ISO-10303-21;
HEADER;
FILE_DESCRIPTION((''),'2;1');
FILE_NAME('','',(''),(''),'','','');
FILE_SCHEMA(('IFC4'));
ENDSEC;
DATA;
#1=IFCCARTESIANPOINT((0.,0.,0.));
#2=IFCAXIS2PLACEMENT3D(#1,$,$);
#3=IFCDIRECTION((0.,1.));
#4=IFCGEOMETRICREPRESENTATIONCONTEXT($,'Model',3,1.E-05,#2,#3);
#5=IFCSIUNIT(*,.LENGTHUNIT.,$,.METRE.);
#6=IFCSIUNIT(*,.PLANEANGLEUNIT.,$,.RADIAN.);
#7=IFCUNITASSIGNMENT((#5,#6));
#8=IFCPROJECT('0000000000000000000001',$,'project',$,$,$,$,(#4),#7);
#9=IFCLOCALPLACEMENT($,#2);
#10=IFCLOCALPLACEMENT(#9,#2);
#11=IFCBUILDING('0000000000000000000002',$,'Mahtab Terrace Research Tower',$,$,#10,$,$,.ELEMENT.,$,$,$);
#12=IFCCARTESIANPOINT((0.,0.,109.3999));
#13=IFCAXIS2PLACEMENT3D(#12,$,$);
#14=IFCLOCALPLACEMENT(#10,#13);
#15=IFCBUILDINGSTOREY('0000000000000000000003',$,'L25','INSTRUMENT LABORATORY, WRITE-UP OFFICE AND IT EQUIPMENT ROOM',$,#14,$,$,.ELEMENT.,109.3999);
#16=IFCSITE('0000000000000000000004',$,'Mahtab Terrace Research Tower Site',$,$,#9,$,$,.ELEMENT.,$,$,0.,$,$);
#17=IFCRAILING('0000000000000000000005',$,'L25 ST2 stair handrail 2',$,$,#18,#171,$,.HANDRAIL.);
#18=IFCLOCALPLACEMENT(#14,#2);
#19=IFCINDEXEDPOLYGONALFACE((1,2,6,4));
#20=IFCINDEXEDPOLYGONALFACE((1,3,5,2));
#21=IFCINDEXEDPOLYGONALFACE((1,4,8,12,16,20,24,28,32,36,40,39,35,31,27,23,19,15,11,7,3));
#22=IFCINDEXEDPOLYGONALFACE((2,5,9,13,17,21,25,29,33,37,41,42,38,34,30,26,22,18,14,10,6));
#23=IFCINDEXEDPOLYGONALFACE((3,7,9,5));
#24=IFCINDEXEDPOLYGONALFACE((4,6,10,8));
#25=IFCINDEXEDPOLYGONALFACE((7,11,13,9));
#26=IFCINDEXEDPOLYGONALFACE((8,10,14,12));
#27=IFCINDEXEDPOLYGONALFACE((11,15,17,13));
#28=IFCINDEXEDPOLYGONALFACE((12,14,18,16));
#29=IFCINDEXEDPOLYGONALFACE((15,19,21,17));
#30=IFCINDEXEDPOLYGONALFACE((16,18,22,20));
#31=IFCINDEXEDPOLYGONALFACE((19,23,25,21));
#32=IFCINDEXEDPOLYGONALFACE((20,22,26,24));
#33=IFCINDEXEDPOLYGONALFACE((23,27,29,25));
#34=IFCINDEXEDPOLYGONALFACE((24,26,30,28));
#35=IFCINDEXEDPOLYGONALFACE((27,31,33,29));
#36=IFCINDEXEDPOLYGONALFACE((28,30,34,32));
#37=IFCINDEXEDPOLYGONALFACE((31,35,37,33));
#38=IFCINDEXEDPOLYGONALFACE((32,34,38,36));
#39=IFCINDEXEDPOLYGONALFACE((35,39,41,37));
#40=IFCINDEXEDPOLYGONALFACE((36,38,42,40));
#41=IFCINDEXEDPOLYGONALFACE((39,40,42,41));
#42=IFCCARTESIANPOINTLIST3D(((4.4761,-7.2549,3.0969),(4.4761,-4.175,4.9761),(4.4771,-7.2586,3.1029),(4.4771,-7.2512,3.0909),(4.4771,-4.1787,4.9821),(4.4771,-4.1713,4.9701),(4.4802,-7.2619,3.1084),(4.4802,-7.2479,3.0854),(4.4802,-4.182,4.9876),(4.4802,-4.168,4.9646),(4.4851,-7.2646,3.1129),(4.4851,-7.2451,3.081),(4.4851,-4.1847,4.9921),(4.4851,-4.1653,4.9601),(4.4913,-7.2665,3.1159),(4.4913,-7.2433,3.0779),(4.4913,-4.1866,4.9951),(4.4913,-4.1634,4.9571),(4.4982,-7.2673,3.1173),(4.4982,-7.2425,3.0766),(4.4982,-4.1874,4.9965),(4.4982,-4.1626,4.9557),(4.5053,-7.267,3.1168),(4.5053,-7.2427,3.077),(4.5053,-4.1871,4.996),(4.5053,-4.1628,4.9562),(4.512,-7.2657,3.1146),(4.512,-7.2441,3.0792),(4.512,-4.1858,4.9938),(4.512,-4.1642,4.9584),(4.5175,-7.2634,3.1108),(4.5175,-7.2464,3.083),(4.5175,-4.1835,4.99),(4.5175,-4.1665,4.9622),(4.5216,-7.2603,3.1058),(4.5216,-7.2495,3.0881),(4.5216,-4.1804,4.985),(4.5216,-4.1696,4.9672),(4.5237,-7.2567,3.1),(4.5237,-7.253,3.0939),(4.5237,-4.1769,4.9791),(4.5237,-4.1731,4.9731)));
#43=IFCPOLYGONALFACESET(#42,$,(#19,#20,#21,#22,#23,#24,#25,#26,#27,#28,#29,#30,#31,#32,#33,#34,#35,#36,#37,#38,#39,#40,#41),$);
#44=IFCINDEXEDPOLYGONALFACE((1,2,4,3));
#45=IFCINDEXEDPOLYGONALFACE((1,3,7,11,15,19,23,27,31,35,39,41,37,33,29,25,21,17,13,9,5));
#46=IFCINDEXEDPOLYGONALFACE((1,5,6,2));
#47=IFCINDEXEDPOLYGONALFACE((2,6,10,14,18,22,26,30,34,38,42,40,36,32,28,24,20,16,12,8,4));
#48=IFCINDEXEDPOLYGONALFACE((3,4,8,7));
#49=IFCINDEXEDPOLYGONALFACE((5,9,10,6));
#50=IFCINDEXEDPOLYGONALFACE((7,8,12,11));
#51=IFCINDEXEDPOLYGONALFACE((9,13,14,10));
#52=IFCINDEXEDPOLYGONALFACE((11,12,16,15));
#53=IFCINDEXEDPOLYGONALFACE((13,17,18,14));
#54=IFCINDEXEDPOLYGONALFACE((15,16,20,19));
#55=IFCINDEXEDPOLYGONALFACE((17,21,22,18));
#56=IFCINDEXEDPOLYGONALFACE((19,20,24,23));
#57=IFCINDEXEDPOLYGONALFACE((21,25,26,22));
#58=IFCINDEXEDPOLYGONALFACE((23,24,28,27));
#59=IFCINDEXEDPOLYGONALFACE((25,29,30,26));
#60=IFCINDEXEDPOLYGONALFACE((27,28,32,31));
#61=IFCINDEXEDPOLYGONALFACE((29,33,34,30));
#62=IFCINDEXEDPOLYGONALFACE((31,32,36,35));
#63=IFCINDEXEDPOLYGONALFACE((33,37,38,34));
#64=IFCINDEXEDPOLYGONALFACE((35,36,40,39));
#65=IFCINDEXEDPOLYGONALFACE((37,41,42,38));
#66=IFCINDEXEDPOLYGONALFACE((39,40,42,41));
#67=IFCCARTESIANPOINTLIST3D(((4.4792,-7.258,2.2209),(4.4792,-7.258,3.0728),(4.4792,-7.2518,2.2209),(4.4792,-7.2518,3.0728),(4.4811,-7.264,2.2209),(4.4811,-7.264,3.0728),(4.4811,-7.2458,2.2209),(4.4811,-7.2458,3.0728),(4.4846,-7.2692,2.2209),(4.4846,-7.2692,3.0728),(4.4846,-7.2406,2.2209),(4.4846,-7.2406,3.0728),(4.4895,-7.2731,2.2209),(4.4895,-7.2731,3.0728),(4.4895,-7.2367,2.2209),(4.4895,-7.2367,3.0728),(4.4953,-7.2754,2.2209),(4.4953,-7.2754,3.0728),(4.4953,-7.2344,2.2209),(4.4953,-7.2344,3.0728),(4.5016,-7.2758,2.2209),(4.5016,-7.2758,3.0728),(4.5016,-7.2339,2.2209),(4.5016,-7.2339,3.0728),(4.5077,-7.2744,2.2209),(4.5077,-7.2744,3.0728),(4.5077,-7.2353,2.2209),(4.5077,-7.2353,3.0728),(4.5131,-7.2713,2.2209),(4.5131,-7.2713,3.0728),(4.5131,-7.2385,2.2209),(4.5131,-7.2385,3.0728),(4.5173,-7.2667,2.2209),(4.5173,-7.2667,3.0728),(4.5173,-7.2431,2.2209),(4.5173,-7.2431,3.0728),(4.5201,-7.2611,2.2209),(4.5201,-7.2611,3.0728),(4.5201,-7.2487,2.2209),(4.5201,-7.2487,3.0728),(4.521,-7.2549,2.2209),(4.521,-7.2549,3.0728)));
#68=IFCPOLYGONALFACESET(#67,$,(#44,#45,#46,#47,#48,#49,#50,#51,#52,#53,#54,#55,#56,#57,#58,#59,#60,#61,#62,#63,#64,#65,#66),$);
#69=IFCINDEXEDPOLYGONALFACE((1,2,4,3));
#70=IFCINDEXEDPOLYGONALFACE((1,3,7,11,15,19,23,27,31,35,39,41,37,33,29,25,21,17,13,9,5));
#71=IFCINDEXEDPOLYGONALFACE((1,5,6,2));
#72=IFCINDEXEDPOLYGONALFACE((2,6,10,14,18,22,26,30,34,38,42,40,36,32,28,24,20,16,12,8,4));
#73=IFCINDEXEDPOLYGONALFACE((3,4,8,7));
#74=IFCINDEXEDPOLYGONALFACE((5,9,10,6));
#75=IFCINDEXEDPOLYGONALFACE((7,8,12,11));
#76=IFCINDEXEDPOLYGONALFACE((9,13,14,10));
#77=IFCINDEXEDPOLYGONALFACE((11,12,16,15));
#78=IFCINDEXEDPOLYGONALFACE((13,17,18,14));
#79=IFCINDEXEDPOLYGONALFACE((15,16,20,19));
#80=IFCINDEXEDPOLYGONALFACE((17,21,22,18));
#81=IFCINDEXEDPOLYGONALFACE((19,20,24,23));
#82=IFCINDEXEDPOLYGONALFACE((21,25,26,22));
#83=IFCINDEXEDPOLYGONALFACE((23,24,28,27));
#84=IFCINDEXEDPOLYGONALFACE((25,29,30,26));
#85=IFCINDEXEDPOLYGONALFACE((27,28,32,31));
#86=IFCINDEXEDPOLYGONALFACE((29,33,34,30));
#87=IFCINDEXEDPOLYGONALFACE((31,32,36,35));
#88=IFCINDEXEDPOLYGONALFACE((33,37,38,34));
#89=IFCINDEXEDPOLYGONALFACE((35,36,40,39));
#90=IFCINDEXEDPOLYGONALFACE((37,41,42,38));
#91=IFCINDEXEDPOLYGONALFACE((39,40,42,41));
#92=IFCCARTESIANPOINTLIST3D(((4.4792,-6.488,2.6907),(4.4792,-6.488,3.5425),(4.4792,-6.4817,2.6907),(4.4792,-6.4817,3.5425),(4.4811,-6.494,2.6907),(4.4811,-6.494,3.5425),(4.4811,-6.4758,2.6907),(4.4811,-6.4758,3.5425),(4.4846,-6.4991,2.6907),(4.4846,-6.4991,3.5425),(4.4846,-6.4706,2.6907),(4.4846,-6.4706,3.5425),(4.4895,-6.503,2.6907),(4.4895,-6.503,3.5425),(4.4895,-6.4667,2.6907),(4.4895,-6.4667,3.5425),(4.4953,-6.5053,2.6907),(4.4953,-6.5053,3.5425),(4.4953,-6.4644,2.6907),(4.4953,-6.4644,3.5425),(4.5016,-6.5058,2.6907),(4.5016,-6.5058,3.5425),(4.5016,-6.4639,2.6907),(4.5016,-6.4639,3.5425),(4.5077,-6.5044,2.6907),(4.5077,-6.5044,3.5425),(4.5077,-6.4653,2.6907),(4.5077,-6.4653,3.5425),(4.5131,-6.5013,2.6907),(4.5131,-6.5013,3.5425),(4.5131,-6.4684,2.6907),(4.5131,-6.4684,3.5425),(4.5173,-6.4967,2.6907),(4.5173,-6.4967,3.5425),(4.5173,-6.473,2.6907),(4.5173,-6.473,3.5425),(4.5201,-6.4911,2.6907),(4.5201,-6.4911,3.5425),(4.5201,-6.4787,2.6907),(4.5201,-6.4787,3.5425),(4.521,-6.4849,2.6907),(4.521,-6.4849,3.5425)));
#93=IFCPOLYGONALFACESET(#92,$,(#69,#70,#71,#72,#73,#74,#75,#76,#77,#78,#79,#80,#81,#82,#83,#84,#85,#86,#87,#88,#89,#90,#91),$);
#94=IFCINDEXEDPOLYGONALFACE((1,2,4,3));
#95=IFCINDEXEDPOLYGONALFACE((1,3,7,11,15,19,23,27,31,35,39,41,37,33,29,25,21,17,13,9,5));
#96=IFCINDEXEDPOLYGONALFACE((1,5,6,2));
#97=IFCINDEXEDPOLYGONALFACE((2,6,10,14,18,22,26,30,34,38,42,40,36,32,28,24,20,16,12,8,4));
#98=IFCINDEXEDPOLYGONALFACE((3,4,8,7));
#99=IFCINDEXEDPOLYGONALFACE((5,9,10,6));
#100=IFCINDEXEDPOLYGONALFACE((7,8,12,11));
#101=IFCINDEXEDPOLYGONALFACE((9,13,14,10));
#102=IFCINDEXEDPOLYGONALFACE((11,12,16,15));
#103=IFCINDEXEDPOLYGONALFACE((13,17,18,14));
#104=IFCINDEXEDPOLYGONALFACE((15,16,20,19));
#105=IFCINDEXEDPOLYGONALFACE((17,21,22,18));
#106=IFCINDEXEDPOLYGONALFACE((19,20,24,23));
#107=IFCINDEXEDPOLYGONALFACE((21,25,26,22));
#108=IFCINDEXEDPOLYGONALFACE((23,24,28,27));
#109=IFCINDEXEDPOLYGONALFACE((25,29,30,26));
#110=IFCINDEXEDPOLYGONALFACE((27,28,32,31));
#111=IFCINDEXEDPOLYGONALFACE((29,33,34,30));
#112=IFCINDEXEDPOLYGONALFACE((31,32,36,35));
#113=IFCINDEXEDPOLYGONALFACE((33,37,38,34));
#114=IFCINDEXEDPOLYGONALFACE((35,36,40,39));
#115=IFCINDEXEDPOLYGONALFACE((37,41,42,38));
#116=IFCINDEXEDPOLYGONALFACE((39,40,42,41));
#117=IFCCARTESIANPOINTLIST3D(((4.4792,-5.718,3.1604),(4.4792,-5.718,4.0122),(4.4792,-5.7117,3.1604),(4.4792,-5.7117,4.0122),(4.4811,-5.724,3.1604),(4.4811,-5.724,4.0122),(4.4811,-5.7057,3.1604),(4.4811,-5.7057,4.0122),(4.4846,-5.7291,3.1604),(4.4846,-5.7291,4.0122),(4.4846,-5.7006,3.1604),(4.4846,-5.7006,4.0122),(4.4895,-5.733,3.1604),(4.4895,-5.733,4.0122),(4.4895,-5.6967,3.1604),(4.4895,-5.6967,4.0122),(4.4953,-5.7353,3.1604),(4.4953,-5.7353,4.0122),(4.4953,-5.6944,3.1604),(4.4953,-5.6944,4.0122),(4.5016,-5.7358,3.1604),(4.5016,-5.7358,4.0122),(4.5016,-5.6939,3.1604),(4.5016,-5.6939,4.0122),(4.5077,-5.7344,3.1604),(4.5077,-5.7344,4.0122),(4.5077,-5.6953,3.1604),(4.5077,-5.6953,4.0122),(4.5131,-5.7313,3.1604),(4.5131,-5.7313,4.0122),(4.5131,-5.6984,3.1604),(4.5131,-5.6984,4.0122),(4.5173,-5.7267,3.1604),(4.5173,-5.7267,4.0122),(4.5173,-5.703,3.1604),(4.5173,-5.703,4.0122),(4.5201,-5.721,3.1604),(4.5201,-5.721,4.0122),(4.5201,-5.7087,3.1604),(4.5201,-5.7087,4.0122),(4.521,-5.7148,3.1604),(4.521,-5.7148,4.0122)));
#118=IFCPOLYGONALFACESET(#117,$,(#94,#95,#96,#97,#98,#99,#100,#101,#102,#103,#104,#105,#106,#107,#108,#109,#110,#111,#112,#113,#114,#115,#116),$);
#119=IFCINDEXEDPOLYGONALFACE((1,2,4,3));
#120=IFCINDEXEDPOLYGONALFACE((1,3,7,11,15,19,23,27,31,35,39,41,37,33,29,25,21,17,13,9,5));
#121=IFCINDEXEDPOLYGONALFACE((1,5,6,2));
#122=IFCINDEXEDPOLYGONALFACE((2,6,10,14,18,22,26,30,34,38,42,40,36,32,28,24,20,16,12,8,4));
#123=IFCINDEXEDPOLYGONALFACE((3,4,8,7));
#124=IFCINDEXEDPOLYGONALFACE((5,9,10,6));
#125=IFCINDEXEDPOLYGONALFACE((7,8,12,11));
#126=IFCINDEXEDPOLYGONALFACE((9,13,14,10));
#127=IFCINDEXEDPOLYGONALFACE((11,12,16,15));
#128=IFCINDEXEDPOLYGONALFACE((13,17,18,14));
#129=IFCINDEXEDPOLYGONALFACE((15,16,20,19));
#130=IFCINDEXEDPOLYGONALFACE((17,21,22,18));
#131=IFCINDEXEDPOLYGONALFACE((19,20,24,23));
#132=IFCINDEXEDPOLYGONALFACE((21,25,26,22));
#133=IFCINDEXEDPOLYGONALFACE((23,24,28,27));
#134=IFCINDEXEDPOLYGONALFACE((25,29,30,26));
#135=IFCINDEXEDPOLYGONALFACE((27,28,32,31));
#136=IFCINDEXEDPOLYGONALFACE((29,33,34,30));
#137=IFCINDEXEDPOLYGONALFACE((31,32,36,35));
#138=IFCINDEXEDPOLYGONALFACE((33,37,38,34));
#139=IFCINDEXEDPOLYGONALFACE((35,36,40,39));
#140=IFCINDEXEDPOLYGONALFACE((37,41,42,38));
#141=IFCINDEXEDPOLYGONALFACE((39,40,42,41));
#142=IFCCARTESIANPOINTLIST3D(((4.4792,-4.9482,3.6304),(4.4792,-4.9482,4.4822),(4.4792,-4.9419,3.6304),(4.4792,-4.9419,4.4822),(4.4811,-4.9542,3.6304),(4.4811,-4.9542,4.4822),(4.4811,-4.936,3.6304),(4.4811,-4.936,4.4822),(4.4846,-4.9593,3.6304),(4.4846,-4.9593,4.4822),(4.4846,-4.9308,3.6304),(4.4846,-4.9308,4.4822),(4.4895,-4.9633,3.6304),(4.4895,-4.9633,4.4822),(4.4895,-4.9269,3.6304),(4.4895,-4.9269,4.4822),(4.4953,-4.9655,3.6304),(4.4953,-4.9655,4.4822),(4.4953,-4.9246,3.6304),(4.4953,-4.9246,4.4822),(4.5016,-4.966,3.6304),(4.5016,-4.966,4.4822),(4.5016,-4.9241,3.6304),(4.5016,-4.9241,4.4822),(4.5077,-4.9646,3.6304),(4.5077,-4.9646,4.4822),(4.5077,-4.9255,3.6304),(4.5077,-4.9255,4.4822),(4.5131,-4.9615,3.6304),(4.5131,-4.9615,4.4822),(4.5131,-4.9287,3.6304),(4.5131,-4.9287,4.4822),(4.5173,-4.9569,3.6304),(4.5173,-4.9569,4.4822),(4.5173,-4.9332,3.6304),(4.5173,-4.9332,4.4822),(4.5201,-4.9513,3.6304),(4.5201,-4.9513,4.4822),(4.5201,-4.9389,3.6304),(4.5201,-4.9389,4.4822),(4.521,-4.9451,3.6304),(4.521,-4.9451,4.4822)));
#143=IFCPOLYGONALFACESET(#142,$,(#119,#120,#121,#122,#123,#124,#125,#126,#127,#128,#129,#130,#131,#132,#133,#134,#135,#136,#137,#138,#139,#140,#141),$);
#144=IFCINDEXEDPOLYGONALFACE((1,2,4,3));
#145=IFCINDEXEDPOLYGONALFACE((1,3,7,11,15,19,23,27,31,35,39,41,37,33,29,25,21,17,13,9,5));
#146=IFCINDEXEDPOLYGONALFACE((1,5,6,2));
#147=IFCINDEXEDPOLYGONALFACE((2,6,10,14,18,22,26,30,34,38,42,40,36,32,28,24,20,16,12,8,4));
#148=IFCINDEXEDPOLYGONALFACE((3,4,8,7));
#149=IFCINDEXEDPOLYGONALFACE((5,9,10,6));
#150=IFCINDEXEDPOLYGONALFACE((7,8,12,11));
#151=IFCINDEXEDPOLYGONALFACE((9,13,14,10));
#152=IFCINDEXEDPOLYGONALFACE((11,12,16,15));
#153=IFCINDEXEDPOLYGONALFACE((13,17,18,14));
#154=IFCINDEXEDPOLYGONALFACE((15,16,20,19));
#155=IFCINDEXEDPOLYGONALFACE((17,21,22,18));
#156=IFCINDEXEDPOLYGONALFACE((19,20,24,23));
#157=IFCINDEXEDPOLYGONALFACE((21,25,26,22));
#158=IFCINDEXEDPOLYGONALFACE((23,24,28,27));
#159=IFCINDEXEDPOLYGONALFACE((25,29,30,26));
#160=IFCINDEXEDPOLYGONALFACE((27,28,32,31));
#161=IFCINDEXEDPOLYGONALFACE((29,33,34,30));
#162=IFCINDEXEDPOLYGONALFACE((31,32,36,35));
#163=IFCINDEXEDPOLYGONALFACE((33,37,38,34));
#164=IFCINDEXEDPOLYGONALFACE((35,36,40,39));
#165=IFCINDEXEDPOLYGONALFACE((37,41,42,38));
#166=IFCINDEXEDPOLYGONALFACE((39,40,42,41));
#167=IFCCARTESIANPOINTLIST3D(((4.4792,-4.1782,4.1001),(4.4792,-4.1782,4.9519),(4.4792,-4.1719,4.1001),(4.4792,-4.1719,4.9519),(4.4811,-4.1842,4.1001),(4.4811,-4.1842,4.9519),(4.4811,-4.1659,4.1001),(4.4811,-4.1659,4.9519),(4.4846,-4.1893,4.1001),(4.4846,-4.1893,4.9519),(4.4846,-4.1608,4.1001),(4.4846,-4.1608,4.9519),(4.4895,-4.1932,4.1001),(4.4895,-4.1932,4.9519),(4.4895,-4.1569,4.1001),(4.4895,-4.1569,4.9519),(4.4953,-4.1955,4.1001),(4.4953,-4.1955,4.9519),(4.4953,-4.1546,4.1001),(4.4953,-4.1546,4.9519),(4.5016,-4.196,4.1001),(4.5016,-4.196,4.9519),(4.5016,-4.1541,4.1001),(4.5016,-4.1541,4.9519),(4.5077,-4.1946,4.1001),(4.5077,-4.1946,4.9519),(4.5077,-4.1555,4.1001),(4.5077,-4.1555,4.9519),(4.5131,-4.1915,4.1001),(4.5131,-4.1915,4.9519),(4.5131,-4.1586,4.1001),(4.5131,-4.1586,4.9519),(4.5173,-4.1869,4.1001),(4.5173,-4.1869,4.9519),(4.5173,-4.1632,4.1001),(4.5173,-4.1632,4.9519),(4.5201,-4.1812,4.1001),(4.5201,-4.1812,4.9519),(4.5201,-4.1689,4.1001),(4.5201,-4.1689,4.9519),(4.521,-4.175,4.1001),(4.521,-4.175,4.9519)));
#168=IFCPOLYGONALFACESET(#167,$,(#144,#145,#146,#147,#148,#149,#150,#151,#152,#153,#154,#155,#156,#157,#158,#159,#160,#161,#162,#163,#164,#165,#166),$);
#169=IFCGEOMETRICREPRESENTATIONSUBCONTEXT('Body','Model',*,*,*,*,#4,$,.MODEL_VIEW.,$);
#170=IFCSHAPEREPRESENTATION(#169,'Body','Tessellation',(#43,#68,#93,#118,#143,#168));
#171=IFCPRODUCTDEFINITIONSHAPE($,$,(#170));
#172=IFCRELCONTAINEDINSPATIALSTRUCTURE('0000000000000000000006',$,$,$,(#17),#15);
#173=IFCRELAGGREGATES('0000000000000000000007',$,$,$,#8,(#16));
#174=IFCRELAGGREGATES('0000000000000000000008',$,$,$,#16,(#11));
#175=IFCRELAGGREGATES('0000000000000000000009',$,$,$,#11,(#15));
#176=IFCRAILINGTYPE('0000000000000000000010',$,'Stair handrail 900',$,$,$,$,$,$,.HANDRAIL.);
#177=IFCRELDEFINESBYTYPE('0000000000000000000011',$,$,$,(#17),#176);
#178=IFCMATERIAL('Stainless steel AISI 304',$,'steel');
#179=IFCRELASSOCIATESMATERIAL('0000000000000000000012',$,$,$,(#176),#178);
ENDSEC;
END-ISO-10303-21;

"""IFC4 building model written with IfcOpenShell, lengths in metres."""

from ifc_helpers import new_model, si_unit, direction, frame, origin, origin_2d, place, context, subcontext, project, spatial, circle, extrude, material, type_object, element, save


model = new_model("IFC4")

# Units and contexts
model_context = context("Model", 3, precision=1e-05, world=origin(), true_north=direction((0.0, 1.0)))
body_context = subcontext(model_context, "Body", "Model", "MODEL_VIEW")
ifc_project = project(units=[si_unit("LENGTHUNIT", "METRE"), si_unit("PLANEANGLEUNIT", "RADIAN")], contexts=[model_context])

# Site, building, storey
site_placement = place(None, origin())
site = spatial("IfcSite", under=ifc_project, at=site_placement, Name="Mahtab Terrace Research Tower Site", CompositionType="ELEMENT", RefElevation=0.0)
building_placement = place(site_placement, origin())
building = spatial("IfcBuilding", under=site, at=building_placement, Name="Mahtab Terrace Research Tower", CompositionType="ELEMENT")
storey_placement = place(building_placement, frame((0.0, 0.0, 109.3999)))
storey = spatial("IfcBuildingStorey", under=building, at=storey_placement, Name="L25", Description="INSTRUMENT LABORATORY, WRITE-UP OFFICE AND IT EQUIPMENT ROOM", CompositionType="ELEMENT", Elevation=109.3999)

# Railing
ifc_material_1 = material(Name="Stainless steel AISI 304", Category="steel")
railing_type_1 = type_object("IfcRailingType", Name="Stair handrail 900", PredefinedType="HANDRAIL", material=ifc_material_1)
railing_1_placement = place(storey_placement, frame((4.5, -7.2549, 2.2209)))
element("IfcRailing", 1, at=railing_1_placement, inside=storey, type_object=railing_type_1, Name="L25 ST2 stair handrail 2", PredefinedType="HANDRAIL", context=body_context, shape_type="SweptSolid", body=[
    extrude(circle(Radius=0.0239, at=origin_2d()), frame((0.0, 0.0, 0.876), z_axis=(0.0, 0.853648, 0.52085), x_axis=(-1.0, 0.0, 0.0)), (0.0, 0.0, 1.0), 3.6079),
    extrude(circle(Radius=0.021, at=origin_2d()), origin(), (0.0, 0.0, 1.0), 0.8518),
    extrude(circle(Radius=0.021, at=origin_2d()), frame((0.0, 0.77, 0.4697)), (0.0, 0.0, 1.0), 0.8518),
    extrude(circle(Radius=0.021, at=origin_2d()), frame((0.0, 1.54, 0.9395)), (0.0, 0.0, 1.0), 0.8518),
    extrude(circle(Radius=0.021, at=origin_2d()), frame((0.0, 2.3098, 1.4094)), (0.0, 0.0, 1.0), 0.8518),
    extrude(circle(Radius=0.021, at=origin_2d()), frame((0.0, 3.0798, 1.8792)), (0.0, 0.0, 1.0), 0.8518),
])

save(model, "model.ifc")
